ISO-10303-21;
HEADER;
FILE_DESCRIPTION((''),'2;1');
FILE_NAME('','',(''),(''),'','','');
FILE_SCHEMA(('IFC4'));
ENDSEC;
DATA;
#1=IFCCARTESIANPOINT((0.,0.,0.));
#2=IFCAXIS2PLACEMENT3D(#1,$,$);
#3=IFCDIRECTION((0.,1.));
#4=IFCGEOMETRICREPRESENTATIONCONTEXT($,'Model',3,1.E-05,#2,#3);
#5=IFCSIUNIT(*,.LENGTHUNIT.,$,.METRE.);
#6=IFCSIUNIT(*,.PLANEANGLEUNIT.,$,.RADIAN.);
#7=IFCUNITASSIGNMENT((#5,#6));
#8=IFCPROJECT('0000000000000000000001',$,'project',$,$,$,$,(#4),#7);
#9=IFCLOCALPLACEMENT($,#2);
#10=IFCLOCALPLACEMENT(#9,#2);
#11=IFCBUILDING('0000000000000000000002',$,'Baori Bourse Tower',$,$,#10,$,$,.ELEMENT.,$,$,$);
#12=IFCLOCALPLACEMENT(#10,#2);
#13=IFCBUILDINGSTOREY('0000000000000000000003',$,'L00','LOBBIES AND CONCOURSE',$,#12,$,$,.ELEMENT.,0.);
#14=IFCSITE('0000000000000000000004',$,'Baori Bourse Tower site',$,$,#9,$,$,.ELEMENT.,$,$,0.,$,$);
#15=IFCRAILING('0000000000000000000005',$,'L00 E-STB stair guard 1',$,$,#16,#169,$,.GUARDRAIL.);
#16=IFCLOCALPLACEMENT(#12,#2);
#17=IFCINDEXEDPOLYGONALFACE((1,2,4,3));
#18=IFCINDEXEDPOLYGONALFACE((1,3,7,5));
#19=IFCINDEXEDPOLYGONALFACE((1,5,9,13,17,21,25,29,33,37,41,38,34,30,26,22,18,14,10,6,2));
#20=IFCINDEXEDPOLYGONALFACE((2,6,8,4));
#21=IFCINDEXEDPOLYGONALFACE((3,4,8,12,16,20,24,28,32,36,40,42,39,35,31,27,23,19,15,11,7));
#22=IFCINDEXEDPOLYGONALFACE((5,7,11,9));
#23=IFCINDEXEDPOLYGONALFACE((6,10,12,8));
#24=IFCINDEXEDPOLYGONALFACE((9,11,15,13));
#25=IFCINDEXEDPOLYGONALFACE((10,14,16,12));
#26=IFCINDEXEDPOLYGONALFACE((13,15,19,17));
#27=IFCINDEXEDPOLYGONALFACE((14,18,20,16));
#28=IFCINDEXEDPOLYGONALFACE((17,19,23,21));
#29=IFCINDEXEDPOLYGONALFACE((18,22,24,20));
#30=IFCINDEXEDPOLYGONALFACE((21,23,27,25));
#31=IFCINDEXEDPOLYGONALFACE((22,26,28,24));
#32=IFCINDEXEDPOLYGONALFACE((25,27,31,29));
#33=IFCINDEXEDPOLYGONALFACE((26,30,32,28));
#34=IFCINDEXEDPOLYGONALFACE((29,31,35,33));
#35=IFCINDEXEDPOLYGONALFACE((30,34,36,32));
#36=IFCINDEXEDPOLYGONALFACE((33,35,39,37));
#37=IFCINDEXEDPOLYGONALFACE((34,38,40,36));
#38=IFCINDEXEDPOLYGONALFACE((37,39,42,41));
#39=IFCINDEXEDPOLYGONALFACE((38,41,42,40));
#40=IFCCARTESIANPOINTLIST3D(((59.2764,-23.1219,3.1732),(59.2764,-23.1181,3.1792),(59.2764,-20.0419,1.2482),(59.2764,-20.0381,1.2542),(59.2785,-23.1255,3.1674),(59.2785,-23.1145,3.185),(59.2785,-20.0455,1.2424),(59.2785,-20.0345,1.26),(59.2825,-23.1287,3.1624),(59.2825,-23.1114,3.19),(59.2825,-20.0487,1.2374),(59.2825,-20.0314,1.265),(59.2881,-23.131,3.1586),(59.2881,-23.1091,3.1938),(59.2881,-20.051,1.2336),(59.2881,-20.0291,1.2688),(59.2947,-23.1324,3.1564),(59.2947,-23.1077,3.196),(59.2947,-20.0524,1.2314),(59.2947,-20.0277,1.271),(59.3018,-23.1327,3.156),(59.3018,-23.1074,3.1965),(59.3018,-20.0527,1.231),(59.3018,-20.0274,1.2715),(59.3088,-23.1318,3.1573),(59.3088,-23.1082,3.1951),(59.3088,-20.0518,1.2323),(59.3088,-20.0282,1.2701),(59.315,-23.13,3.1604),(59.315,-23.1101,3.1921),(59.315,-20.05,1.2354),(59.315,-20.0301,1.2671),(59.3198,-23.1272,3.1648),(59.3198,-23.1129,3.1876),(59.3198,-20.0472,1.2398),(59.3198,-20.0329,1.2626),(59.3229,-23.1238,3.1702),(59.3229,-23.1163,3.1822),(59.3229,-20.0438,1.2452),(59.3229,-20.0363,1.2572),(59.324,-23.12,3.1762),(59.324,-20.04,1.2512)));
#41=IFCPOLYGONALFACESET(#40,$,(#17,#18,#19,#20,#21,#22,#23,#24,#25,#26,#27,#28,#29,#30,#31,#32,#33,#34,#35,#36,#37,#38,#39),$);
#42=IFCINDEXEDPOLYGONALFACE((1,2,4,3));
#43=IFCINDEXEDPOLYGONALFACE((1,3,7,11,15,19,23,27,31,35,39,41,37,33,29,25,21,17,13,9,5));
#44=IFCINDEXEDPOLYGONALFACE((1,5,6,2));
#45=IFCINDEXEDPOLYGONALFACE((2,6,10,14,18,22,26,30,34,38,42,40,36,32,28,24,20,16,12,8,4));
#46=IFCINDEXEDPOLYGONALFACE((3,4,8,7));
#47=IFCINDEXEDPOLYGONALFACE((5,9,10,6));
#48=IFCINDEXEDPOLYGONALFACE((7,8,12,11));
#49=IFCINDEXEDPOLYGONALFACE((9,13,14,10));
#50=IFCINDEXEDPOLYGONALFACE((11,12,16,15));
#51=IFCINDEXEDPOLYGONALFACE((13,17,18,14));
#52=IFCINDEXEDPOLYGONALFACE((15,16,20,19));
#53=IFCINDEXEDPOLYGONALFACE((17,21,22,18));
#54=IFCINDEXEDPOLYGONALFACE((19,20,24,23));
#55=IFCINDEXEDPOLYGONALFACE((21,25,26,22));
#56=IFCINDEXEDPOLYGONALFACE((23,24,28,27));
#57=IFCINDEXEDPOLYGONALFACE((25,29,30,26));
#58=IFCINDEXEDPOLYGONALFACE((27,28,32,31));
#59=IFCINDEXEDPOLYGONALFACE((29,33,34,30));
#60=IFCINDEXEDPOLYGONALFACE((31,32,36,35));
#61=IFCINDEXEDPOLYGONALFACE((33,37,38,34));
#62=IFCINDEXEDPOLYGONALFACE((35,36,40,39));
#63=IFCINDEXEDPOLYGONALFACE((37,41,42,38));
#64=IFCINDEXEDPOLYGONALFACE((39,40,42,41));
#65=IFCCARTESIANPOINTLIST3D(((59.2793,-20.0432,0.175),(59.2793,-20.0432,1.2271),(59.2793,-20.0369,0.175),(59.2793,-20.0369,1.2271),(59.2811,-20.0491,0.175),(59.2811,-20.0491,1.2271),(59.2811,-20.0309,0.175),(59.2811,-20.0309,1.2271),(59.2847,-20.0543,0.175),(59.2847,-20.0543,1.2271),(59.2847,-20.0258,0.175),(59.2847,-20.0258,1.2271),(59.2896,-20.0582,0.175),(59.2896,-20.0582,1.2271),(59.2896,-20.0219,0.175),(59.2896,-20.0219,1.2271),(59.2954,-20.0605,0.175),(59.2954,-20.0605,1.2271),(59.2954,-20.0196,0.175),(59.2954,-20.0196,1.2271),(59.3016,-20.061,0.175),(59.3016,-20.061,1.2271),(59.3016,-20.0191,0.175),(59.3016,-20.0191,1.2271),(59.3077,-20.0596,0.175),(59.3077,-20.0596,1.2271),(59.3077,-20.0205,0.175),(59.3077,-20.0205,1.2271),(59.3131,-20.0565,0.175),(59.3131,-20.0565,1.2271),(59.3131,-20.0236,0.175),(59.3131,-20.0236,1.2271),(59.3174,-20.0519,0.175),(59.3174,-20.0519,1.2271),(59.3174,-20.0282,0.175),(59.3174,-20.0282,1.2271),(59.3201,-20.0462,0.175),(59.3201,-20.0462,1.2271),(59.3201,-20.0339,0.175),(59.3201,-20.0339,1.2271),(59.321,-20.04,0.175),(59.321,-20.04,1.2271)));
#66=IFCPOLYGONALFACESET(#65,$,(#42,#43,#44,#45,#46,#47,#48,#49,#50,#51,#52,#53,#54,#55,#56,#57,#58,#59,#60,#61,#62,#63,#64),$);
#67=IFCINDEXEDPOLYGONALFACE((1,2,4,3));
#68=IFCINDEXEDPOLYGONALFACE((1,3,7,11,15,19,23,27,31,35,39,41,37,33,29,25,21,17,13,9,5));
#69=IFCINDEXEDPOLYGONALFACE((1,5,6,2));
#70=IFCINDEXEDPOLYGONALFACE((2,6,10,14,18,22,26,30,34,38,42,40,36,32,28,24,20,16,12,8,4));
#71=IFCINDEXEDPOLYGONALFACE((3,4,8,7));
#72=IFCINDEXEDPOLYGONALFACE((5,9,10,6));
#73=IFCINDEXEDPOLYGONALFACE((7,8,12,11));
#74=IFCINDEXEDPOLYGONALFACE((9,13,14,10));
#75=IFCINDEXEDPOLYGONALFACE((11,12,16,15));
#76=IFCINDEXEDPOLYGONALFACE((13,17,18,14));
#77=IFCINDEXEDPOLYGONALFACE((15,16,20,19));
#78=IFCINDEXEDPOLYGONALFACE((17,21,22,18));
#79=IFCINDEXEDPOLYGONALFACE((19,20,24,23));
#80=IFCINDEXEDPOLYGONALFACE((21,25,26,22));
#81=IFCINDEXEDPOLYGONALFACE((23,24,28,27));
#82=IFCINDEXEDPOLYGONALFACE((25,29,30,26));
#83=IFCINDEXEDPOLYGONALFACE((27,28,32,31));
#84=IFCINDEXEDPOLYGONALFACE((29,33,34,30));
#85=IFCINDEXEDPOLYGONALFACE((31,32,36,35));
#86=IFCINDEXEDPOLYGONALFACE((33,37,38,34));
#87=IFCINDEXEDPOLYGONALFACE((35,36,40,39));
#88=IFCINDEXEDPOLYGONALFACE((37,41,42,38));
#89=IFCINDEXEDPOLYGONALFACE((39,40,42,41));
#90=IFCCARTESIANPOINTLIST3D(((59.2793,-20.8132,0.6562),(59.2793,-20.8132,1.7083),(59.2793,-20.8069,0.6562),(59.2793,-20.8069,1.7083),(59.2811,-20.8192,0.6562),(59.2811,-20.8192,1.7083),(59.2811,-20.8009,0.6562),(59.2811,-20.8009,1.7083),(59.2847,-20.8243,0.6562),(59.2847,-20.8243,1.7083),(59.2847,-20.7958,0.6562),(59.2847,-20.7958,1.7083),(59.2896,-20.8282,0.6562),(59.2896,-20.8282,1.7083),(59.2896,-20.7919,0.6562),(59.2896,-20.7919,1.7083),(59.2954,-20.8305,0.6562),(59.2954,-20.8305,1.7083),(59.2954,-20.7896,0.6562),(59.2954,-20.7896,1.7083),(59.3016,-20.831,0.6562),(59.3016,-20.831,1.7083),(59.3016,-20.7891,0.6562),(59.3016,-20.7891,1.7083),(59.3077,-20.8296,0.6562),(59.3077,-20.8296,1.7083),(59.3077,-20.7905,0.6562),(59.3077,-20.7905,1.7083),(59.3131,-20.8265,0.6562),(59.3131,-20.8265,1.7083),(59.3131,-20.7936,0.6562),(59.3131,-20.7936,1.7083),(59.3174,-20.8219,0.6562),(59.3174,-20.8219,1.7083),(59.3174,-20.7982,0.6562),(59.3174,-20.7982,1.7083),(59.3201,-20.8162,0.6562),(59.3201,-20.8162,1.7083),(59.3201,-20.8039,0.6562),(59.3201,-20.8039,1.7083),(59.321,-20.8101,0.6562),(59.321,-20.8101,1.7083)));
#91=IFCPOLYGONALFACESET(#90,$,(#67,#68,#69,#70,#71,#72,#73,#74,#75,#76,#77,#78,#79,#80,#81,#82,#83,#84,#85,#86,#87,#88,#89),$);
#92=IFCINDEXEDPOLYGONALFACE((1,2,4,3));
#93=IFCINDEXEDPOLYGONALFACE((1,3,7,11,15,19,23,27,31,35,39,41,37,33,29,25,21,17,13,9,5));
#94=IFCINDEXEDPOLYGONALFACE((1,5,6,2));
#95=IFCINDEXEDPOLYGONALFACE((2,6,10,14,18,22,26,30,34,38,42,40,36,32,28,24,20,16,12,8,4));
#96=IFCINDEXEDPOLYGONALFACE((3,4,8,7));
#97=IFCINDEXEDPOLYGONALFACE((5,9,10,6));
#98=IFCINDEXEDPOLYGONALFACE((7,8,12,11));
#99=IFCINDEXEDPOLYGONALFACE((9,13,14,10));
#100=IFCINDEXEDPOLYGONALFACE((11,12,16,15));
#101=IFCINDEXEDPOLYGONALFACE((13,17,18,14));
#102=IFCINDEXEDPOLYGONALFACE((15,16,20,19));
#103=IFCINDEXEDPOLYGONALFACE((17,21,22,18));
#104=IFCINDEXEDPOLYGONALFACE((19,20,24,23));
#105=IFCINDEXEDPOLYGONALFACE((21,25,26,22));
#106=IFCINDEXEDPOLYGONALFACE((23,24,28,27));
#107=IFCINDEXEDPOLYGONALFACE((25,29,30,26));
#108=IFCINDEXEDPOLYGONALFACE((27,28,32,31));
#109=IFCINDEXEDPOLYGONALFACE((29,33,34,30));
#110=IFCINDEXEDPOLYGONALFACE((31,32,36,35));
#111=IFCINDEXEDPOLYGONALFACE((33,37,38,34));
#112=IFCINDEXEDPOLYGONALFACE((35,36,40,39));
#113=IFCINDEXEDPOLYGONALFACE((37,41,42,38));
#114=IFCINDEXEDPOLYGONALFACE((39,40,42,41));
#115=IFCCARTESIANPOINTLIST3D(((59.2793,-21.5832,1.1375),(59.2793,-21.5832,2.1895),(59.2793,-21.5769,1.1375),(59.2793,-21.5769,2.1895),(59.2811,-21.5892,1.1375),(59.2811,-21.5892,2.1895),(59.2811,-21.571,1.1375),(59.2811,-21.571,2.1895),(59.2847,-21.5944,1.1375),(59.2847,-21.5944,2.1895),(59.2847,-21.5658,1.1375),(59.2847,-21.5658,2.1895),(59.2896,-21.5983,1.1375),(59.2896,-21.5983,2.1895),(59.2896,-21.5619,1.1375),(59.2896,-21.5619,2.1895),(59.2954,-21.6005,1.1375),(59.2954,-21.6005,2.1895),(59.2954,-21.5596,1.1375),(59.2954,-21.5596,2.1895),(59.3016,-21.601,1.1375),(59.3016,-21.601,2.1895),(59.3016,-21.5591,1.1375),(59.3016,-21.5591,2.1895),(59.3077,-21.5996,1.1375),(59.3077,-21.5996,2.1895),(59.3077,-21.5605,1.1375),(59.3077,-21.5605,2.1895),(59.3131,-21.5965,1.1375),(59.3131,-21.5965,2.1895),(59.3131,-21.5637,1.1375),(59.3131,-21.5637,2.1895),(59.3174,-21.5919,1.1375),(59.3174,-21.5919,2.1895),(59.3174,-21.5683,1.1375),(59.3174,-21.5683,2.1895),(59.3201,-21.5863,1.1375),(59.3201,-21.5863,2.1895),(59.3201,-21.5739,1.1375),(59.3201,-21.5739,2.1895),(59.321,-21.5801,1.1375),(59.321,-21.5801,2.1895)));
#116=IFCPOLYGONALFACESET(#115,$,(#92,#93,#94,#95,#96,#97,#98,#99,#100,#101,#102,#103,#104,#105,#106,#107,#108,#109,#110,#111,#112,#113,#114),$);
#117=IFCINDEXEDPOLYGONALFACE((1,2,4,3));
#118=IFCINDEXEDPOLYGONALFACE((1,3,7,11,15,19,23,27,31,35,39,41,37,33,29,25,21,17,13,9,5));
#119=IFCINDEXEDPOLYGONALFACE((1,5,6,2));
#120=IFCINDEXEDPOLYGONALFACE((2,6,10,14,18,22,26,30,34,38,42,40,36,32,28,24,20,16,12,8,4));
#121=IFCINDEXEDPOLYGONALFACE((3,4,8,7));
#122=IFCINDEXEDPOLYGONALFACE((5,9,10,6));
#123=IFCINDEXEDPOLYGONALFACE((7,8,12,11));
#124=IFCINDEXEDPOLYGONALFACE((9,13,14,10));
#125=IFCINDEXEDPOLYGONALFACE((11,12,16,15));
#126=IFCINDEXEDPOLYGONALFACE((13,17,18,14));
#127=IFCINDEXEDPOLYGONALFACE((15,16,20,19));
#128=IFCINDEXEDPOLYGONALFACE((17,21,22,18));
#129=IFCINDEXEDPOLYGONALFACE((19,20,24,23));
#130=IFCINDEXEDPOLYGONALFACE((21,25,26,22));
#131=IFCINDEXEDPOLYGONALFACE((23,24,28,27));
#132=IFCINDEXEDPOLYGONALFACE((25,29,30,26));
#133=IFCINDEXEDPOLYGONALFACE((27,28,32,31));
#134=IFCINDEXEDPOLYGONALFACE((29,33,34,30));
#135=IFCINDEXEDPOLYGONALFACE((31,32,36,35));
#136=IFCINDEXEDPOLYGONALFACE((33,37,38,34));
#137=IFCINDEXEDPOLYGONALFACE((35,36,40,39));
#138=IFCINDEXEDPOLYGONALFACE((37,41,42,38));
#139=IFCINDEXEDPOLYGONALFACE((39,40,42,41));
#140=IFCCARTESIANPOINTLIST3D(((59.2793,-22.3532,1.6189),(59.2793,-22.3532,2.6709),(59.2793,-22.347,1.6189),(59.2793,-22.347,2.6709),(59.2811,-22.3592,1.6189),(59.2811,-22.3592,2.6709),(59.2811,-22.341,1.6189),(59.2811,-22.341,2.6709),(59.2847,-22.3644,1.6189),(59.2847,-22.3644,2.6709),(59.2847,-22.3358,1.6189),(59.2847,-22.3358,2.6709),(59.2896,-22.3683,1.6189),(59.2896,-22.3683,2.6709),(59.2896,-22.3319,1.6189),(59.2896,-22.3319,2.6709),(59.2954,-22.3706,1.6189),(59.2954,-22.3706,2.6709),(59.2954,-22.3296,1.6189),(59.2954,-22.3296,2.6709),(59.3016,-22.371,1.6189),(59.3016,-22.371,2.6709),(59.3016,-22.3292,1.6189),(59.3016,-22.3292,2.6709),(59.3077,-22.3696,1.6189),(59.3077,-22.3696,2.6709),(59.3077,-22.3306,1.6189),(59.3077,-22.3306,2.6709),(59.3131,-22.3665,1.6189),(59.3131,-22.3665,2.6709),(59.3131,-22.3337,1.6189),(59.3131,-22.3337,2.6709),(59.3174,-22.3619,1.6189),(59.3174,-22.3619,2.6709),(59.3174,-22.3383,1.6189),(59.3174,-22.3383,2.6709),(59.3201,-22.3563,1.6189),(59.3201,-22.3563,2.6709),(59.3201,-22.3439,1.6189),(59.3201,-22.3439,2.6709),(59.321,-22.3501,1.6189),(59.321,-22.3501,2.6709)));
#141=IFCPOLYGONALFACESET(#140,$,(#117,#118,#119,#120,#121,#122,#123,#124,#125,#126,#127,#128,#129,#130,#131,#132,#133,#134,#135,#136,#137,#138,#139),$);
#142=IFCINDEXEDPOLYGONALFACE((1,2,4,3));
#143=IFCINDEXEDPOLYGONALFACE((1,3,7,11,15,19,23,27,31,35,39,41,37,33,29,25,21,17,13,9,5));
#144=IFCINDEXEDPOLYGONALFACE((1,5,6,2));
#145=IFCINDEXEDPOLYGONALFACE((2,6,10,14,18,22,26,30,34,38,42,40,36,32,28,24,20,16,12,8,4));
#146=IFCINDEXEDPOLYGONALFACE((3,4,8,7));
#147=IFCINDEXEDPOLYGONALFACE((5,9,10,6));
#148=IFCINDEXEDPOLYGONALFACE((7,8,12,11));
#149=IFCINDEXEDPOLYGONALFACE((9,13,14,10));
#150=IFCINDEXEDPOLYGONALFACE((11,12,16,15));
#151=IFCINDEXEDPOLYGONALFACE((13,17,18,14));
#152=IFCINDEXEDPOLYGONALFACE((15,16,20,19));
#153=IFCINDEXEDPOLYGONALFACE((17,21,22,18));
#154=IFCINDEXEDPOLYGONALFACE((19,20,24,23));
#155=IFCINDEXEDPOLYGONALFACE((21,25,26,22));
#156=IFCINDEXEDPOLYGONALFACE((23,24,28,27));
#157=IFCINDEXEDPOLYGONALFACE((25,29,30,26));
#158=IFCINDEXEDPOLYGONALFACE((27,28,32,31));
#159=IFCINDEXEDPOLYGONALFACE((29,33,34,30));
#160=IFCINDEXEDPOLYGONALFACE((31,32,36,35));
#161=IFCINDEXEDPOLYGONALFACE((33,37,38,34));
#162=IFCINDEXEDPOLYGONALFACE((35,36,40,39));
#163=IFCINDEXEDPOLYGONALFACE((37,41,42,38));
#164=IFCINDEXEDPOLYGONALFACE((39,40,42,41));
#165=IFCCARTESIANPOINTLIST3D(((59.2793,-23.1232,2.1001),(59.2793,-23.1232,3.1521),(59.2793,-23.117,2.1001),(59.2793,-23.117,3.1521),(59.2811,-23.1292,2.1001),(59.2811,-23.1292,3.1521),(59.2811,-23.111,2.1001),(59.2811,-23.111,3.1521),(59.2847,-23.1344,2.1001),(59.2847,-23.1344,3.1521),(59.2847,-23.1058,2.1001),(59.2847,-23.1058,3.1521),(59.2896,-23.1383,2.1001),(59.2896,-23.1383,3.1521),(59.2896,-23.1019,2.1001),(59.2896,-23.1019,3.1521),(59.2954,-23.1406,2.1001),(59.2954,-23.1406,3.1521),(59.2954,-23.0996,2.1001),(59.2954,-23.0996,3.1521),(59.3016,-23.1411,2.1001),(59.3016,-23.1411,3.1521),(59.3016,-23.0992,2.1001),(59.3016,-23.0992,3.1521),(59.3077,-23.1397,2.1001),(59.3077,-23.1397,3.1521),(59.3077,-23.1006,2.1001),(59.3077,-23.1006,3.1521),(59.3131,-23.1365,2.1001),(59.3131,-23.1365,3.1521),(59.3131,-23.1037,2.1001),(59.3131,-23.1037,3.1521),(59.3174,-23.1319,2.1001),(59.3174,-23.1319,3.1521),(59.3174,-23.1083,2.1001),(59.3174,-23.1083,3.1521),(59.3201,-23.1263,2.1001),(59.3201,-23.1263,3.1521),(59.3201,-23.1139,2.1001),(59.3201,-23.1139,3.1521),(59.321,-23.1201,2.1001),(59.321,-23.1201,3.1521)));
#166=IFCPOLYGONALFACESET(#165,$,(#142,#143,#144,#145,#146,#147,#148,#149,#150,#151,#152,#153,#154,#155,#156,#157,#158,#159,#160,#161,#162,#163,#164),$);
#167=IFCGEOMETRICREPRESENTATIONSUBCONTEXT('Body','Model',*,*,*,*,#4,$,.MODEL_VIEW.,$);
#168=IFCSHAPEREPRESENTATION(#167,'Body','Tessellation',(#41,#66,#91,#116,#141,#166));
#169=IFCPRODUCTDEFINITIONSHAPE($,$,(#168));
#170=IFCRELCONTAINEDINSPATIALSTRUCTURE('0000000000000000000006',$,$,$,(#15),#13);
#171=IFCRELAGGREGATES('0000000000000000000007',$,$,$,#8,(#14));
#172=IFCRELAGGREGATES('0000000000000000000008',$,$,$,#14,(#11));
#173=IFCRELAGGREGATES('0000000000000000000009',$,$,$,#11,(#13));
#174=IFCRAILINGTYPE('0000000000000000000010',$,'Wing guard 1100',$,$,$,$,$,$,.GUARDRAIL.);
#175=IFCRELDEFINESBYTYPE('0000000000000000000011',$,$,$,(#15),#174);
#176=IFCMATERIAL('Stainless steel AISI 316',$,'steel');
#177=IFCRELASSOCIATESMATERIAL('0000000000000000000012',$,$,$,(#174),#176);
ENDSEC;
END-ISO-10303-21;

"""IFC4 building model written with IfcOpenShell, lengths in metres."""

from ifc_helpers import new_model, si_unit, direction, frame, origin, origin_2d, place, context, subcontext, project, spatial, circle, extrude, material, type_object, element, save


model = new_model("IFC4")

# Units and contexts
model_context = context("Model", 3, precision=1e-05, world=origin(), true_north=direction((0.0, 1.0)))
body_context = subcontext(model_context, "Body", "Model", "MODEL_VIEW")
ifc_project = project(units=[si_unit("LENGTHUNIT", "METRE"), si_unit("PLANEANGLEUNIT", "RADIAN")], contexts=[model_context])

# Site, building, storey
site_placement = place(None, origin())
site = spatial("IfcSite", under=ifc_project, at=site_placement, Name="Baori Bourse Tower site", CompositionType="ELEMENT", RefElevation=0.0)
building_placement = place(site_placement, origin())
building = spatial("IfcBuilding", under=site, at=building_placement, Name="Baori Bourse Tower", CompositionType="ELEMENT")
storey_placement = place(building_placement, origin())
storey = spatial("IfcBuildingStorey", under=building, at=storey_placement, Name="L00", Description="LOBBIES AND CONCOURSE", CompositionType="ELEMENT", Elevation=0.0)

# Railing
ifc_material_1 = material(Name="Stainless steel AISI 316", Category="steel")
railing_type_1 = type_object("IfcRailingType", Name="Wing guard 1100", PredefinedType="GUARDRAIL", material=ifc_material_1)
railing_1_placement = place(storey_placement, frame((59.3, -20.04, 0.175)))
element("IfcRailing", 1, at=railing_1_placement, inside=storey, type_object=railing_type_1, Name="L00 E-STB stair guard 1", PredefinedType="GUARDRAIL", context=body_context, shape_type="SweptSolid", body=[
    extrude(circle(Radius=0.0239, at=origin_2d()), frame((0.0, 0.0, 1.0762), z_axis=(0.0, -0.847998, 0.529999), x_axis=(1.0, 0.0, 0.0)), (0.0, 0.0, 1.0), 3.6321),
    extrude(circle(Radius=0.021, at=origin_2d()), origin(), (0.0, 0.0, 1.0), 1.052),
    extrude(circle(Radius=0.021, at=origin_2d()), frame((0.0, -0.77, 0.4812)), (0.0, 0.0, 1.0), 1.052),
    extrude(circle(Radius=0.021, at=origin_2d()), frame((0.0, -1.54, 0.9624)), (0.0, 0.0, 1.0), 1.052),
    extrude(circle(Radius=0.021, at=origin_2d()), frame((0.0, -2.3101, 1.4438)), (0.0, 0.0, 1.0), 1.052),
    extrude(circle(Radius=0.021, at=origin_2d()), frame((0.0, -3.0801, 1.925)), (0.0, 0.0, 1.0), 1.052),
])

save(model, "model.ifc")
